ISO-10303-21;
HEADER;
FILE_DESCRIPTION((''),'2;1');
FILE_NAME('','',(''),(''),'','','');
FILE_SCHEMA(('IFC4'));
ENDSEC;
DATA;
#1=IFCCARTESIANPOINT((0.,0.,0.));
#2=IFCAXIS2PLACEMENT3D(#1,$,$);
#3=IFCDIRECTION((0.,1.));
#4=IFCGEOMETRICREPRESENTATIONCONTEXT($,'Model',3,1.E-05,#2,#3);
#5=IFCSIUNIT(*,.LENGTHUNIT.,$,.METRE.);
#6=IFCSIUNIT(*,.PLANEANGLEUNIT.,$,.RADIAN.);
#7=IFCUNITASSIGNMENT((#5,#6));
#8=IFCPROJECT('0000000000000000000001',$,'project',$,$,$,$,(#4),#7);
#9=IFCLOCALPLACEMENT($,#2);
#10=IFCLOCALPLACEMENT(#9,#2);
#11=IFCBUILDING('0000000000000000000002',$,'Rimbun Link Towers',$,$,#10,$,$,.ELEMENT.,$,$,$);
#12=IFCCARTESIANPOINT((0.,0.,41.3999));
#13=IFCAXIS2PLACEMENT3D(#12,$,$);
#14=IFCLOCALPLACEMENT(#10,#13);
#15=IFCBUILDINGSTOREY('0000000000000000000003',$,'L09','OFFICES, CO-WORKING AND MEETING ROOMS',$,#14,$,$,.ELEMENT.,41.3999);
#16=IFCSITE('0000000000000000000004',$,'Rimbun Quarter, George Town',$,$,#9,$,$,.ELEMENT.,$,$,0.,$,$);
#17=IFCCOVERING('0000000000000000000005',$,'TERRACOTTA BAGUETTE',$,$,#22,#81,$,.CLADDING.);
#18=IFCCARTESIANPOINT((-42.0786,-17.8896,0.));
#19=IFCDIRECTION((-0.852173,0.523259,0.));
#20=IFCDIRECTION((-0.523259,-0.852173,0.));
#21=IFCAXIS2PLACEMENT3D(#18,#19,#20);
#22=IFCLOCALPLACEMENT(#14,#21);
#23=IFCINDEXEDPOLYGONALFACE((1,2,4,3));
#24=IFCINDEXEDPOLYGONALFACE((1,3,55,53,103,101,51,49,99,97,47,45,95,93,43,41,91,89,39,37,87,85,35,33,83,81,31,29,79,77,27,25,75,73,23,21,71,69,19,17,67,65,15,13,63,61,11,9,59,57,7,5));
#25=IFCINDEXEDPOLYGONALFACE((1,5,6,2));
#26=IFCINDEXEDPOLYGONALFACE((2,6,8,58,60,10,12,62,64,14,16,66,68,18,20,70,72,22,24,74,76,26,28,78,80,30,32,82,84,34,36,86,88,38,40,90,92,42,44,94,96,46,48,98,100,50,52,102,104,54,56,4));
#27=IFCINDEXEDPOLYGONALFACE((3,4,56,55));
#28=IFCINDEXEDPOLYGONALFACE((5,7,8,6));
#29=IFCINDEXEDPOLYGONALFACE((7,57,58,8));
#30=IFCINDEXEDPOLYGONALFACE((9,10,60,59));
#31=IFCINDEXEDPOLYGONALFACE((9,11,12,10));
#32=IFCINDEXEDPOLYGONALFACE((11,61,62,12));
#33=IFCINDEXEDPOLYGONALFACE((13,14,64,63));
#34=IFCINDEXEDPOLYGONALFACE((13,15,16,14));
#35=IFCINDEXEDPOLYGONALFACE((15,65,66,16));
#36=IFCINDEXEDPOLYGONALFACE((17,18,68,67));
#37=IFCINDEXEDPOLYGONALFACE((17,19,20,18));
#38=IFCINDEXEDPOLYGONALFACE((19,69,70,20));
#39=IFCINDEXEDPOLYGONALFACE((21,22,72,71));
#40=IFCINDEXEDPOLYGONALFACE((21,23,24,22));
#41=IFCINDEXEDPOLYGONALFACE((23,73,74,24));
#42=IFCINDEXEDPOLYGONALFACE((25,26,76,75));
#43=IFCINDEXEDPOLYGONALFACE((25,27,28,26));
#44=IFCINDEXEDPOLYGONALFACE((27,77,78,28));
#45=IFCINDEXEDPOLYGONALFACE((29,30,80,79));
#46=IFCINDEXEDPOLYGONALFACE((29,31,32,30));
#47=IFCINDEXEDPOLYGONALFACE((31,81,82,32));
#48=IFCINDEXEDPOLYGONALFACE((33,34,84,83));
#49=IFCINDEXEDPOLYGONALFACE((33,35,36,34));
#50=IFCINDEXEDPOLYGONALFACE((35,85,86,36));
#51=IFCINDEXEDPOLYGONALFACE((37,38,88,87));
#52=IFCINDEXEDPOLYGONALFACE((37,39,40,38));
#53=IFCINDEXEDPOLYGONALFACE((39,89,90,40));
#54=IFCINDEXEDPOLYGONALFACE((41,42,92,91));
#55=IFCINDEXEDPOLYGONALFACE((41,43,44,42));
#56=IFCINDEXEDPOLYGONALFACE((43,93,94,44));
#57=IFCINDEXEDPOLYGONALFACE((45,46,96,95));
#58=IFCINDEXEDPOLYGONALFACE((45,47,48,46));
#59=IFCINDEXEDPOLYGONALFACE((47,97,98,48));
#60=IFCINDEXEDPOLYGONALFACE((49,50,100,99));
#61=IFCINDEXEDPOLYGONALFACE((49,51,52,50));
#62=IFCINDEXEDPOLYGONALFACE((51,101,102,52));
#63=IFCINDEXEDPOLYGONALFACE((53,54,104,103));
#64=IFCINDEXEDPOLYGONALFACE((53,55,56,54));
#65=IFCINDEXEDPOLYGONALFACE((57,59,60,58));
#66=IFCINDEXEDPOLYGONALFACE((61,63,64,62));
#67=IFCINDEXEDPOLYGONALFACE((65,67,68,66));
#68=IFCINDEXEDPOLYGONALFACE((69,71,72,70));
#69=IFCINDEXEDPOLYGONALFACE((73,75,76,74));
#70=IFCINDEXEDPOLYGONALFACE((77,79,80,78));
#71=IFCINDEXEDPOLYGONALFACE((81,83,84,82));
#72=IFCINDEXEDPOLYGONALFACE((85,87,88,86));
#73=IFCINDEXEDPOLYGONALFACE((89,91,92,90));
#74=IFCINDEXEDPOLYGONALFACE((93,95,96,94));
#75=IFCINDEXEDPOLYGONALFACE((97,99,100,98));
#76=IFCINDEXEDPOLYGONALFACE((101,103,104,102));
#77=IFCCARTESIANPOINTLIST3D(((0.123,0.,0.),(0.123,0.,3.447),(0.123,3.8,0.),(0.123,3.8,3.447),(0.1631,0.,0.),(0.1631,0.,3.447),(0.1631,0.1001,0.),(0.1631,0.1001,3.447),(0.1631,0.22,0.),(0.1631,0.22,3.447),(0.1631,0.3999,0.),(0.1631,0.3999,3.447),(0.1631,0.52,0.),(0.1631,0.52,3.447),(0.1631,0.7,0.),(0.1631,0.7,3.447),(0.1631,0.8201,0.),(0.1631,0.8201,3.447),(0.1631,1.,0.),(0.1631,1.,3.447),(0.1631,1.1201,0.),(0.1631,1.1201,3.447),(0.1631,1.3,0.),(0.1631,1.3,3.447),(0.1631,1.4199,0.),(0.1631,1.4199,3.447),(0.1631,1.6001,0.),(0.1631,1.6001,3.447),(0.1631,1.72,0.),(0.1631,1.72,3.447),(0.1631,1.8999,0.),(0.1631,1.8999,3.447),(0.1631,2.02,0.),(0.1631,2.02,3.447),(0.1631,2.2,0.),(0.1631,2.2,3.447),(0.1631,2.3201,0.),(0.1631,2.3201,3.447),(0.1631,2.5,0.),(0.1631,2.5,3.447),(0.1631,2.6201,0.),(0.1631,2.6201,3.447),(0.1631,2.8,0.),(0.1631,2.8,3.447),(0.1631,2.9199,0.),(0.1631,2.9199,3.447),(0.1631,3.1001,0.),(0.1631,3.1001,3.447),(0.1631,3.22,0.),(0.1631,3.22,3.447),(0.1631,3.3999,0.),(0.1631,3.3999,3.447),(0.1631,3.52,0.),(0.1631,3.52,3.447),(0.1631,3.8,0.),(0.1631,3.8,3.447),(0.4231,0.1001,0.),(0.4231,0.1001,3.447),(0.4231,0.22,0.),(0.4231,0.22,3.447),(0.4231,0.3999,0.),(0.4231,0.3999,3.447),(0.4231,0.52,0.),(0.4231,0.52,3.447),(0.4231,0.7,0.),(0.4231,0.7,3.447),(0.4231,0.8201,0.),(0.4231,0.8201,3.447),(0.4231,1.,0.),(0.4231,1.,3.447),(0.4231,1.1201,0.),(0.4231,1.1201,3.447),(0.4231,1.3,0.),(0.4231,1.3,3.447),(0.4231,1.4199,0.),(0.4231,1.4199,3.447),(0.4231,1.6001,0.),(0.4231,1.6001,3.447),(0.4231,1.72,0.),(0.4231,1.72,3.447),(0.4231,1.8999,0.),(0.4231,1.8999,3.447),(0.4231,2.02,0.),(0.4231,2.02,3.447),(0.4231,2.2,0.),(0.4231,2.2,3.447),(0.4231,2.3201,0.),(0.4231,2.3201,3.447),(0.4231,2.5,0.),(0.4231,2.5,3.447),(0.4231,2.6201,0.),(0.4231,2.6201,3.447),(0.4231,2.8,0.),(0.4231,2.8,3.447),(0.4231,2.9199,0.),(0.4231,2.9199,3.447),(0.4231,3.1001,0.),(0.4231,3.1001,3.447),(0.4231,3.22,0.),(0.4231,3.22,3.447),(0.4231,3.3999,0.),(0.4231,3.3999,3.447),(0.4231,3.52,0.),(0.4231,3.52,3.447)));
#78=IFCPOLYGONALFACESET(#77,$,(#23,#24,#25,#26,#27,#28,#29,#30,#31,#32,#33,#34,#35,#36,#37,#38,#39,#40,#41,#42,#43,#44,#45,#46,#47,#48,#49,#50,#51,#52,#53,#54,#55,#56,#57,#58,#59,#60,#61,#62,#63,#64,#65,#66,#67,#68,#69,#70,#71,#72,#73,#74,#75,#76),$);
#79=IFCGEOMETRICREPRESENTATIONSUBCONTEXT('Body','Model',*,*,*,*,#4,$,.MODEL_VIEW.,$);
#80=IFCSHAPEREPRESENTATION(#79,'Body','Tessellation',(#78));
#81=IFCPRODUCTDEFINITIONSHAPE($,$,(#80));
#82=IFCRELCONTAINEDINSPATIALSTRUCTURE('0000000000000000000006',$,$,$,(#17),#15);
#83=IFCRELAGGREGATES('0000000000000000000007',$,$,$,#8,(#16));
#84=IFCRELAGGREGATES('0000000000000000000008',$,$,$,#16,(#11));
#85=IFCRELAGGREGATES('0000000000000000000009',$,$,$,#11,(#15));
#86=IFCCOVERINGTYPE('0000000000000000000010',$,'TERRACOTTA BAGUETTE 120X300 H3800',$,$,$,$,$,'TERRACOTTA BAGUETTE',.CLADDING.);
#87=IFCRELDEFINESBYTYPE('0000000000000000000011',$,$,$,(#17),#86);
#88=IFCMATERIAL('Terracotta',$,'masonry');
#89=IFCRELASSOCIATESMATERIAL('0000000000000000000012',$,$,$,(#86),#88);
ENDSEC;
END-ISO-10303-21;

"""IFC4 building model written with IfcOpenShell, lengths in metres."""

from ifc_helpers import new_model, si_unit, direction, frame, origin, place, context, subcontext, project, spatial, polyline, outline, extrude, material, material_profile, profile_set, type_object, element, save


model = new_model("IFC4")

# Units and contexts
model_context = context("Model", 3, precision=1e-05, world=origin(), true_north=direction((0.0, 1.0)))
body_context = subcontext(model_context, "Body", "Model", "MODEL_VIEW")
ifc_project = project(units=[si_unit("LENGTHUNIT", "METRE"), si_unit("PLANEANGLEUNIT", "RADIAN")], contexts=[model_context])

# Site, building, storey
site_placement = place(None, origin())
site = spatial("IfcSite", under=ifc_project, at=site_placement, Name="Rimbun Quarter, George Town", CompositionType="ELEMENT", RefElevation=0.0)
building_placement = place(site_placement, origin())
building = spatial("IfcBuilding", under=site, at=building_placement, Name="Rimbun Link Towers", CompositionType="ELEMENT")
storey_placement = place(building_placement, frame((0.0, 0.0, 41.3999)))
storey = spatial("IfcBuildingStorey", under=building, at=storey_placement, Name="L09", Description="OFFICES, CO-WORKING AND MEETING ROOMS", CompositionType="ELEMENT", Elevation=41.3999)

# Covering
ifc_material_1 = material(Name="Terracotta", Category="masonry")
ifc_material_profile_1 = material_profile(ifc_material_1, outline(polyline([(0.123, 0.0), (0.1631, 0.0), (0.1631, 0.1001), (0.4231, 0.1001), (0.4231, 0.22), (0.1631, 0.22), (0.1631, 0.3999), (0.4231, 0.3999), (0.4231, 0.52), (0.1631, 0.52), (0.1631, 0.7), (0.4231, 0.7), (0.4231, 0.8201), (0.1631, 0.8201), (0.1631, 1.0), (0.4231, 1.0), (0.4231, 1.1201), (0.1631, 1.1201), (0.1631, 1.3), (0.4231, 1.3), (0.4231, 1.4199), (0.1631, 1.4199), (0.1631, 1.6001), (0.4231, 1.6001), (0.4231, 1.72), (0.1631, 1.72), (0.1631, 1.8999), (0.4231, 1.8999), (0.4231, 2.02), (0.1631, 2.02), (0.1631, 2.2), (0.4231, 2.2), (0.4231, 2.3201), (0.1631, 2.3201), (0.1631, 2.5), (0.4231, 2.5), (0.4231, 2.6201), (0.1631, 2.6201), (0.1631, 2.8), (0.4231, 2.8), (0.4231, 2.9199), (0.1631, 2.9199), (0.1631, 3.1001), (0.4231, 3.1001), (0.4231, 3.22), (0.1631, 3.22), (0.1631, 3.3999), (0.4231, 3.3999), (0.4231, 3.52), (0.1631, 3.52), (0.1631, 3.8), (0.123, 3.8), (0.123, 0.0)])), Name="BAGUETTE 120X300")
ifc_profile_set_1 = profile_set([ifc_material_profile_1], Name="Terracotta")
covering_type = type_object("IfcCoveringType", Name="TERRACOTTA BAGUETTE 120X300 H3800", ElementType="TERRACOTTA BAGUETTE", PredefinedType="CLADDING", material=ifc_profile_set_1)
covering_placement = place(storey_placement, frame((-42.0786, -17.8896, 0.0), z_axis=(-0.852173, 0.523259, 0.0), x_axis=(-0.523259, -0.852173, 0.0)))
element("IfcCovering", 1, at=covering_placement, inside=storey, type_object=covering_type, Name="TERRACOTTA BAGUETTE", PredefinedType="CLADDING", context=body_context, shape_type="SweptSolid", body=[
    extrude(outline(polyline([(0.123, 0.0), (0.1631, 0.0), (0.1631, 0.1001), (0.4231, 0.1001), (0.4231, 0.22), (0.1631, 0.22), (0.1631, 0.3999), (0.4231, 0.3999), (0.4231, 0.52), (0.1631, 0.52), (0.1631, 0.7), (0.4231, 0.7), (0.4231, 0.8201), (0.1631, 0.8201), (0.1631, 1.0), (0.4231, 1.0), (0.4231, 1.1201), (0.1631, 1.1201), (0.1631, 1.3), (0.4231, 1.3), (0.4231, 1.4199), (0.1631, 1.4199), (0.1631, 1.6001), (0.4231, 1.6001), (0.4231, 1.72), (0.1631, 1.72), (0.1631, 1.8999), (0.4231, 1.8999), (0.4231, 2.02), (0.1631, 2.02), (0.1631, 2.2), (0.4231, 2.2), (0.4231, 2.3201), (0.1631, 2.3201), (0.1631, 2.5), (0.4231, 2.5), (0.4231, 2.6201), (0.1631, 2.6201), (0.1631, 2.8), (0.4231, 2.8), (0.4231, 2.9199), (0.1631, 2.9199), (0.1631, 3.1001), (0.4231, 3.1001), (0.4231, 3.22), (0.1631, 3.22), (0.1631, 3.3999), (0.4231, 3.3999), (0.4231, 3.52), (0.1631, 3.52), (0.1631, 3.8), (0.123, 3.8), (0.123, 0.0)])), origin(), (0.0, 0.0, 1.0), 3.447),
])

save(model, "model.ifc")
